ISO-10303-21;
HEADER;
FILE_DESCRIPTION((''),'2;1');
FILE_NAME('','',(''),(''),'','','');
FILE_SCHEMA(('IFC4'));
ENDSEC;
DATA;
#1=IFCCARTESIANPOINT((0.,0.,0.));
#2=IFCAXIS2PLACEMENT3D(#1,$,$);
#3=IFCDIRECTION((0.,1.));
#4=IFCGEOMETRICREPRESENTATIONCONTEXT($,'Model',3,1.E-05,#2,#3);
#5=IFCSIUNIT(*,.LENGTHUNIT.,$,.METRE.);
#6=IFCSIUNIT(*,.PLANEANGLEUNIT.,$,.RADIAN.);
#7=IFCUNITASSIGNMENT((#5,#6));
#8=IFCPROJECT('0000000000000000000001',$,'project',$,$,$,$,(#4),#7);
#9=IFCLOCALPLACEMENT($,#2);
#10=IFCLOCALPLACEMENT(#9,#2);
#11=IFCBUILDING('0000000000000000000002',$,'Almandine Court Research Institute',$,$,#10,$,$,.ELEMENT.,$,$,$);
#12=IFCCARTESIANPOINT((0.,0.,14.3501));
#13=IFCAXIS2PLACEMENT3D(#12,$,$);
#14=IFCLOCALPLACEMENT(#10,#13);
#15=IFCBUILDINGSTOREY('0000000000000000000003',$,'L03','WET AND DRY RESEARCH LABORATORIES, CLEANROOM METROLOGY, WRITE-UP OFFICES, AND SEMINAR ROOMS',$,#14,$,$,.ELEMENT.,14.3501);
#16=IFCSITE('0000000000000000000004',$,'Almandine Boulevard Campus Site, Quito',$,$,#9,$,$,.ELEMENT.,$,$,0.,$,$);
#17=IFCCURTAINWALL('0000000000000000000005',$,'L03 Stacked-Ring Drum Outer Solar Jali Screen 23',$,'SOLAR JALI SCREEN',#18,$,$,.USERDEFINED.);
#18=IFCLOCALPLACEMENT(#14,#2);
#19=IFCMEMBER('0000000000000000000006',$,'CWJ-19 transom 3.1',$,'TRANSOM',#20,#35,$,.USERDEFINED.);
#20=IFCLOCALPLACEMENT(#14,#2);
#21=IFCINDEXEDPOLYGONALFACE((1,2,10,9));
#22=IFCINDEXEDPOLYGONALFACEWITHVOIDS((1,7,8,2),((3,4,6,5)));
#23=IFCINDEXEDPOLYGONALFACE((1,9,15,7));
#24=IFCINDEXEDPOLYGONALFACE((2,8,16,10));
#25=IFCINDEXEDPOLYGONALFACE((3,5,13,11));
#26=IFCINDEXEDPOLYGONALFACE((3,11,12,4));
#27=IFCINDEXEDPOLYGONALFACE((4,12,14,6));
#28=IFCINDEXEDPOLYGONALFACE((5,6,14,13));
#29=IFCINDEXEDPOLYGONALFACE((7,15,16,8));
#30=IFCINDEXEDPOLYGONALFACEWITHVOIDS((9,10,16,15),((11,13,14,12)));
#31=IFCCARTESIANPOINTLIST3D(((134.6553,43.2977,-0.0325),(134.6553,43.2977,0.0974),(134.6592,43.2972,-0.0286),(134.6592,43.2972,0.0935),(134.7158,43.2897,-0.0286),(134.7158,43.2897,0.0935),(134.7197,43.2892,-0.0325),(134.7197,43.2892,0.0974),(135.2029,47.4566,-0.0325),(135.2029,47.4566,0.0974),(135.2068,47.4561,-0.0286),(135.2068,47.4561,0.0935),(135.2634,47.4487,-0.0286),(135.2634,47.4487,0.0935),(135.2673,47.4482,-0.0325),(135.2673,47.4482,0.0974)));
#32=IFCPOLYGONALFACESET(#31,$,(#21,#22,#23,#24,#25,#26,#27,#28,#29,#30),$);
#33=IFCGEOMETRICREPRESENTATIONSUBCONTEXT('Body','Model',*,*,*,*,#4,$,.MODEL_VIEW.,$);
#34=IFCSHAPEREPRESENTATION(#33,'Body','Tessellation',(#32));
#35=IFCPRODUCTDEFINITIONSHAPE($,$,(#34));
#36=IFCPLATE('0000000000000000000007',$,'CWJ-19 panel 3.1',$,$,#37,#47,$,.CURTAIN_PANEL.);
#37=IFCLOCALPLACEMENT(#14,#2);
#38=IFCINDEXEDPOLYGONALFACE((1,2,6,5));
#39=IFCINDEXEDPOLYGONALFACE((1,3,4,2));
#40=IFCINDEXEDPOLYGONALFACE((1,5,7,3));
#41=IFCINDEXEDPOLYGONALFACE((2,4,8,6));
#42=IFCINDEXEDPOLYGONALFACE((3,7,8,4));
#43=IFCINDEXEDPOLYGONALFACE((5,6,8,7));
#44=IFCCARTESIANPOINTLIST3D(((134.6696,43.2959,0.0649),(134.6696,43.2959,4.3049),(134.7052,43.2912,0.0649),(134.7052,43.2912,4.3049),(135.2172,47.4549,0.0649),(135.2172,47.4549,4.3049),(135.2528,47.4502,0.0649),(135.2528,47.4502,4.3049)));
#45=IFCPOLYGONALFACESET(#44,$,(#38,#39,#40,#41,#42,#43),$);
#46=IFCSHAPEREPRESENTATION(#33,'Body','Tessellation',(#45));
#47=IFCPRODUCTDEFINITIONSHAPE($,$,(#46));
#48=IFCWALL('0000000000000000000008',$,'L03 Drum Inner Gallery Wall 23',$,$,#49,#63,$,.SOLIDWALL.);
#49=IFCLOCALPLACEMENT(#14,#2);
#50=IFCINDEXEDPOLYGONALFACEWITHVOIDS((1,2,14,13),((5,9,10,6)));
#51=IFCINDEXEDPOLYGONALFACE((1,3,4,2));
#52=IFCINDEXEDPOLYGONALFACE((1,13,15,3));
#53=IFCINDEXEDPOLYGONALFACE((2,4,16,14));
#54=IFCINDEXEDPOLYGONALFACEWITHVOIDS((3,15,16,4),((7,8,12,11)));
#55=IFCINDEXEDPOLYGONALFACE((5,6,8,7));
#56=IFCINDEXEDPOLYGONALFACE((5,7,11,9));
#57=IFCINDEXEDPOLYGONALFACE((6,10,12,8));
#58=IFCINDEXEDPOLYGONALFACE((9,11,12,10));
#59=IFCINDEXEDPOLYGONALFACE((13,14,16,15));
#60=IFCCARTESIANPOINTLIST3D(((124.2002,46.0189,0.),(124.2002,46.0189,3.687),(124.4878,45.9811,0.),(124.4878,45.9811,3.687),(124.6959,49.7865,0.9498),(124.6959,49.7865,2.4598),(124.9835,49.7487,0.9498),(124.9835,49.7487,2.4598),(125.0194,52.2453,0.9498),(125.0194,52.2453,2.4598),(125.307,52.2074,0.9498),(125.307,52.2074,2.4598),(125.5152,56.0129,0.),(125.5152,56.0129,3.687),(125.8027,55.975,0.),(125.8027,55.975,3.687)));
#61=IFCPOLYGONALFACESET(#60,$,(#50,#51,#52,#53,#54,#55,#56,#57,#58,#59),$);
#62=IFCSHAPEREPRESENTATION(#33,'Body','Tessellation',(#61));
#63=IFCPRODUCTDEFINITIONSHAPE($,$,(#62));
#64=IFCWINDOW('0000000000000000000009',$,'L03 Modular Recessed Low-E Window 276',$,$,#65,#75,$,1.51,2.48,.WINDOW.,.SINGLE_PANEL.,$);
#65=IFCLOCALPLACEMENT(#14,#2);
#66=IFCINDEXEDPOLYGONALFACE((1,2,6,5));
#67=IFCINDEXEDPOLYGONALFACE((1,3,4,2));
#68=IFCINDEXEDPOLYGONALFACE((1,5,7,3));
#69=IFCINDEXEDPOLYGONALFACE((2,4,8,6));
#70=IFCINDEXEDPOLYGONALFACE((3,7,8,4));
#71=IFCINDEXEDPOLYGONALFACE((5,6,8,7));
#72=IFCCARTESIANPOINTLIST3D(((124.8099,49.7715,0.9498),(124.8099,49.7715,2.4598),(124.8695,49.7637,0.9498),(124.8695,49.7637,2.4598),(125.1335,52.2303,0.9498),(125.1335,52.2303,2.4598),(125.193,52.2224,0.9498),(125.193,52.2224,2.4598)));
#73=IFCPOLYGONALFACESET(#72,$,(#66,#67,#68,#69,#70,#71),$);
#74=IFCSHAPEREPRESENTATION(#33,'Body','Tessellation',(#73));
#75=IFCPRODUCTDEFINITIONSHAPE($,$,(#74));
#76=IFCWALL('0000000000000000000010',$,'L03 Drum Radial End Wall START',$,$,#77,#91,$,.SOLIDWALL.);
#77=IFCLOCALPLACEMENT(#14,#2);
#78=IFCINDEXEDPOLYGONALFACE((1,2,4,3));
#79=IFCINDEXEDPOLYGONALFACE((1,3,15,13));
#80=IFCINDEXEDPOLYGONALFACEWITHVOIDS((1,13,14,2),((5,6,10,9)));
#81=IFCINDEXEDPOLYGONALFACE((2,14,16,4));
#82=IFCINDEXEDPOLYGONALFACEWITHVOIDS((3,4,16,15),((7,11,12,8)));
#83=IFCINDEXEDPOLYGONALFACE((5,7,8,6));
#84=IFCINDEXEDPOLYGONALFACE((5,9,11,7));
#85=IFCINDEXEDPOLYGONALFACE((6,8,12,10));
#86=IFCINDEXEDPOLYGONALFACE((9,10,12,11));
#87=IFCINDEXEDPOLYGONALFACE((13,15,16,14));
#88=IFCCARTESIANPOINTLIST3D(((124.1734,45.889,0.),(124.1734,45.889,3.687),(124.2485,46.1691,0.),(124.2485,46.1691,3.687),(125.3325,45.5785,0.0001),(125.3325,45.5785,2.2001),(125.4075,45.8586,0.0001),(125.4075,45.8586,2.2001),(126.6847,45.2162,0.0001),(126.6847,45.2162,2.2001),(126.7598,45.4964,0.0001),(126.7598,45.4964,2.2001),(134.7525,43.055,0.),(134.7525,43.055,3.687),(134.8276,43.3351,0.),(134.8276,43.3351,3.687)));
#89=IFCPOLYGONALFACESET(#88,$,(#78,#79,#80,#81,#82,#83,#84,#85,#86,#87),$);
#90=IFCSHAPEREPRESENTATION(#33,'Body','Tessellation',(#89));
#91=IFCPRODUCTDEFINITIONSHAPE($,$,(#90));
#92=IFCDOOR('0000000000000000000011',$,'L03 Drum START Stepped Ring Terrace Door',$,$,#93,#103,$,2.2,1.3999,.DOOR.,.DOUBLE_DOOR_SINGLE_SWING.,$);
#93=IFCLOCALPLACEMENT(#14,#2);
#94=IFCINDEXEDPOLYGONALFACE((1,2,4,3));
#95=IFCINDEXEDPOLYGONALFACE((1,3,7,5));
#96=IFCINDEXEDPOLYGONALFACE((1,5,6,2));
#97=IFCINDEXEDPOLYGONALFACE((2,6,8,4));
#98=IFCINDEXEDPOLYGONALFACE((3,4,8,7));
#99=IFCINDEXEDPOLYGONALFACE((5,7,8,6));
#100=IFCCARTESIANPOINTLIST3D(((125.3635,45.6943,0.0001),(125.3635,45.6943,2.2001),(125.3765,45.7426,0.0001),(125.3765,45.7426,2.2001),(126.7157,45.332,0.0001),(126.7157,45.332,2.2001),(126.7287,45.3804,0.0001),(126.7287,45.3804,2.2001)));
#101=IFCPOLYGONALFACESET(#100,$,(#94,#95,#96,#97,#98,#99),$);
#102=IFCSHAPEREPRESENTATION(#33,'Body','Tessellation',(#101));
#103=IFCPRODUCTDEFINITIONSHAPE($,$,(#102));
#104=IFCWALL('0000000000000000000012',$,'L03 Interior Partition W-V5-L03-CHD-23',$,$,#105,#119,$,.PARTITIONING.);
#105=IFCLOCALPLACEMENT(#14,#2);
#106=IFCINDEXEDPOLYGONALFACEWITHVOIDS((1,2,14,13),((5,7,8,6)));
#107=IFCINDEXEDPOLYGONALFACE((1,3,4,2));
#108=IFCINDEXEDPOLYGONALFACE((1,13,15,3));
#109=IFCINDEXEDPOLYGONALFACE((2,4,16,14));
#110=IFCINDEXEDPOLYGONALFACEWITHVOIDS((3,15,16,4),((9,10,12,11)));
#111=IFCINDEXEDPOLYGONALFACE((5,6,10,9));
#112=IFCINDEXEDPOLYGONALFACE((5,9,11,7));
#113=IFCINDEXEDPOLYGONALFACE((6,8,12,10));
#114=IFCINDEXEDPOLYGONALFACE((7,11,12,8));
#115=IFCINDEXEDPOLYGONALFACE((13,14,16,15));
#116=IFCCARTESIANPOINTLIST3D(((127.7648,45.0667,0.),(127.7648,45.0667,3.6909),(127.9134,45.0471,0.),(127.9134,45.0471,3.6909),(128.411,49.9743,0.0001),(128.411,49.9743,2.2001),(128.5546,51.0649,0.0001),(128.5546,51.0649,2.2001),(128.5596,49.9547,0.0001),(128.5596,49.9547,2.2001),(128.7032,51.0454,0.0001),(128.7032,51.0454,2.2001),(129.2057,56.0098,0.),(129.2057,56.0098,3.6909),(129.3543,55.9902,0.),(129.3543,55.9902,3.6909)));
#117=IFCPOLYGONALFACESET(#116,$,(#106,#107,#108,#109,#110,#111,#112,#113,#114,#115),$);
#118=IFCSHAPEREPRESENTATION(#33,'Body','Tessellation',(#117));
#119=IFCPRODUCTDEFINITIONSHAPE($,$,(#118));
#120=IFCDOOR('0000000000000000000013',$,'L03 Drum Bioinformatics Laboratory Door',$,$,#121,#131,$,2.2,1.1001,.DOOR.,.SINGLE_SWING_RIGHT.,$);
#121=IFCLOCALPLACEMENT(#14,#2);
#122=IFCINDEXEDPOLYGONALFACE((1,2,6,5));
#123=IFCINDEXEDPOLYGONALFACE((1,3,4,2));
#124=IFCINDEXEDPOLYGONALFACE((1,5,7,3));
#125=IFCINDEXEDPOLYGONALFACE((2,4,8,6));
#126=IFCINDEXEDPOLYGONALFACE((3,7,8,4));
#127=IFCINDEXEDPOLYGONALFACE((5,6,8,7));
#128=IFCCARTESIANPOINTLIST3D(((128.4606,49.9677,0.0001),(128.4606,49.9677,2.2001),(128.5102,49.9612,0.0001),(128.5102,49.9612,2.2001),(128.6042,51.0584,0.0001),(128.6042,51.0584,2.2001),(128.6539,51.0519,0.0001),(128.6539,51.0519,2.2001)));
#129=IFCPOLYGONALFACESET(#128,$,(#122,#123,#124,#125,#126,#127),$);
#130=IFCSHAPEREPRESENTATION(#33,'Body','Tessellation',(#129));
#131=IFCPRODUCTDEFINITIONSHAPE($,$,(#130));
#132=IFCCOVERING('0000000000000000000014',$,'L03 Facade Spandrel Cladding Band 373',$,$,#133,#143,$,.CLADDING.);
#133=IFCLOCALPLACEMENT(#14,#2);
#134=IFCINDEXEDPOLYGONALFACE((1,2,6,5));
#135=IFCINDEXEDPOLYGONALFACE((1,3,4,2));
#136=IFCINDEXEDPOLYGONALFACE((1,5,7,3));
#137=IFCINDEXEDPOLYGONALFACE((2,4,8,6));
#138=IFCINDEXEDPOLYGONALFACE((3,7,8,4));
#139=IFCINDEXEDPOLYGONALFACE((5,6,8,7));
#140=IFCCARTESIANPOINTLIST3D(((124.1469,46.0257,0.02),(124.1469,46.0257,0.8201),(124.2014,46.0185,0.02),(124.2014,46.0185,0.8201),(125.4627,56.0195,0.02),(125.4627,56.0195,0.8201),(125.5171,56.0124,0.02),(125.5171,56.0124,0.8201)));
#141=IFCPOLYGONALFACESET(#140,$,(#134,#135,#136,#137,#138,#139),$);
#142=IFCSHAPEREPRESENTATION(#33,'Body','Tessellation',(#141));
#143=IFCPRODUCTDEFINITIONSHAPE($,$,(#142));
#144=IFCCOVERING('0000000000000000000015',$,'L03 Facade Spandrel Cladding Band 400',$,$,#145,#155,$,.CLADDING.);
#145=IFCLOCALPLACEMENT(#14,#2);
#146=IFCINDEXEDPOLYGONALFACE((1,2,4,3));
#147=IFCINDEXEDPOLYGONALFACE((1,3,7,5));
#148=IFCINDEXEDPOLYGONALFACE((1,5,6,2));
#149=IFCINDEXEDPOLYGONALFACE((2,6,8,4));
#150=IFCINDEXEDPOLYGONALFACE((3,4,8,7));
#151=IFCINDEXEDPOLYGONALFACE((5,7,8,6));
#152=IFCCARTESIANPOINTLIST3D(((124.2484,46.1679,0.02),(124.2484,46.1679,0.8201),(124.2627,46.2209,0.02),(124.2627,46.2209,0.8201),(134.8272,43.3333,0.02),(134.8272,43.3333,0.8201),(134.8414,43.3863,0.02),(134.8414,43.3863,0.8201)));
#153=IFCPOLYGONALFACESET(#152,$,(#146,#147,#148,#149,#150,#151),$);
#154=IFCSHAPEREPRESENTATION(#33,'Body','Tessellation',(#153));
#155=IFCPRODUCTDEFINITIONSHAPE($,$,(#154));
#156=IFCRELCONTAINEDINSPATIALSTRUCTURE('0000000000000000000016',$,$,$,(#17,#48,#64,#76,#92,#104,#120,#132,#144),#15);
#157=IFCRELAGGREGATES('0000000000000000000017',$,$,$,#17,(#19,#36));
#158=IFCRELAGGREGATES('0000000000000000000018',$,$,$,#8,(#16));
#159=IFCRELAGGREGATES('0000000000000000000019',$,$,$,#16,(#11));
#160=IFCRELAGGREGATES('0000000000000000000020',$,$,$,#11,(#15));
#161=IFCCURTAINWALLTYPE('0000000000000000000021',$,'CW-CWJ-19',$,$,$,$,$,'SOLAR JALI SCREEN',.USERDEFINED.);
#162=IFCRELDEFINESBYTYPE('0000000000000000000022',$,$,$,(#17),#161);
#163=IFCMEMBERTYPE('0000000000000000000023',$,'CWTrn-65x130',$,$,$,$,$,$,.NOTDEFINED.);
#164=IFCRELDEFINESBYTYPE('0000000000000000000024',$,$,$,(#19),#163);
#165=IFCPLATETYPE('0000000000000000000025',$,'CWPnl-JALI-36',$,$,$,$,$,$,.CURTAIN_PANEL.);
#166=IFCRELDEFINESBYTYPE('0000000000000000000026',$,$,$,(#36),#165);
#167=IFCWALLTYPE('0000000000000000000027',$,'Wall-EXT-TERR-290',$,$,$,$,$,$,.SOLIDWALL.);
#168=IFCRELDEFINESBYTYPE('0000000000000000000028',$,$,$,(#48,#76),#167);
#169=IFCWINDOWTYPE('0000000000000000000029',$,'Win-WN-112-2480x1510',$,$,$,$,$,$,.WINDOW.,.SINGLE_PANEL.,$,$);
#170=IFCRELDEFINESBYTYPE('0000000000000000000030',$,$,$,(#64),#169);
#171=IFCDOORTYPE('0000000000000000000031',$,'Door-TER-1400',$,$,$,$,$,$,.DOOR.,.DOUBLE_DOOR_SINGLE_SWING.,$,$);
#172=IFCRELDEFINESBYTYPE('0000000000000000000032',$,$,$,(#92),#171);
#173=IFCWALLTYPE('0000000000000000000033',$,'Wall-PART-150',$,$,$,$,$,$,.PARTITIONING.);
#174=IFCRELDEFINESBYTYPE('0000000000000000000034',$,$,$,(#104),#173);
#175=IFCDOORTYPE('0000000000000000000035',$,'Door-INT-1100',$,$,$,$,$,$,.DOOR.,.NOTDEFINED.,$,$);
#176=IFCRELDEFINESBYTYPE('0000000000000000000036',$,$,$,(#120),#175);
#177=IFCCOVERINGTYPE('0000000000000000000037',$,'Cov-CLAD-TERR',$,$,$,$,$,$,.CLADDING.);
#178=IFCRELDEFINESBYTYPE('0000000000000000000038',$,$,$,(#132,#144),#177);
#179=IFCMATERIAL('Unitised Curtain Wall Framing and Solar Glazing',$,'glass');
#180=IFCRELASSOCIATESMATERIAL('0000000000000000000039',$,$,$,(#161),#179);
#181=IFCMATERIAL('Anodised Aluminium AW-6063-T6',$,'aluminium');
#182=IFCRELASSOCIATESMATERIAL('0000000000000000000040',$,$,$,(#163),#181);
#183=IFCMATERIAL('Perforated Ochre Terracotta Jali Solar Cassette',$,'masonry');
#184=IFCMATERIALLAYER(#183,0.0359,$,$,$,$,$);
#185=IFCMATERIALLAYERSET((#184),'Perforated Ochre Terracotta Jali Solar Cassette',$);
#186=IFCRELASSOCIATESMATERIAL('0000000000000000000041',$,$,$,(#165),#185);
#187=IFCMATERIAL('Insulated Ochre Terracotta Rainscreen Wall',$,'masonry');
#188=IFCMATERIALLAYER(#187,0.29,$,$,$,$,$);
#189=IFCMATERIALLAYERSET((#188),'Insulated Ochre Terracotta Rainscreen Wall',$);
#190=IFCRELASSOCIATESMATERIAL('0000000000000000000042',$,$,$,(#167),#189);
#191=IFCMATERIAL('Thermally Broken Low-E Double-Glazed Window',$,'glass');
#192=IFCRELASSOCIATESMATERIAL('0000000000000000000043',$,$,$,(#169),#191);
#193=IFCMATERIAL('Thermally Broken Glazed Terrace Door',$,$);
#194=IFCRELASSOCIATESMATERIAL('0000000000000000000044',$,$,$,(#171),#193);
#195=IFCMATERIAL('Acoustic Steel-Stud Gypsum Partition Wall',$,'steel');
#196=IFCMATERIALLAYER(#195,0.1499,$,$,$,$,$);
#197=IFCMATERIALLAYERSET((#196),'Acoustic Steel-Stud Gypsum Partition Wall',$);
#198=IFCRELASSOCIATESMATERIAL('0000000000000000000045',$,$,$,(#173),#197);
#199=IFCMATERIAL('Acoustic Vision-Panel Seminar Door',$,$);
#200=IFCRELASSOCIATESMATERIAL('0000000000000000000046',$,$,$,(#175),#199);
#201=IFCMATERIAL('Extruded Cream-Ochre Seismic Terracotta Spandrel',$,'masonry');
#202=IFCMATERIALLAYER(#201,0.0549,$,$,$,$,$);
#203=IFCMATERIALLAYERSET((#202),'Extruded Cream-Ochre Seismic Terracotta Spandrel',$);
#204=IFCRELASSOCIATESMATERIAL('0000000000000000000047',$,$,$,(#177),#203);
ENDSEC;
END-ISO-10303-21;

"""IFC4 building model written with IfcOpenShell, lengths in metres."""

from ifc_helpers import new_model, si_unit, direction, frame, frame_2d, origin, origin_2d, place, context, subcontext, project, spatial, rectangle, hollow_rectangle, extrude, material, layer, layer_set, material_profile, profile_set, type_object, element, fill, aggregate, save


model = new_model("IFC4")

# Units and contexts
model_context = context("Model", 3, precision=1e-05, world=origin(), true_north=direction((0.0, 1.0)))
body_context = subcontext(model_context, "Body", "Model", "MODEL_VIEW")
ifc_project = project(units=[si_unit("LENGTHUNIT", "METRE"), si_unit("PLANEANGLEUNIT", "RADIAN")], contexts=[model_context])

# Site, building, storey
site_placement = place(None, origin())
site = spatial("IfcSite", under=ifc_project, at=site_placement, Name="Almandine Boulevard Campus Site, Quito", CompositionType="ELEMENT", RefElevation=0.0)
building_placement = place(site_placement, origin())
building = spatial("IfcBuilding", under=site, at=building_placement, Name="Almandine Court Research Institute", CompositionType="ELEMENT")
storey_placement = place(building_placement, frame((0.0, 0.0, 14.3501)))
storey = spatial("IfcBuildingStorey", under=building, at=storey_placement, Name="L03", Description="WET AND DRY RESEARCH LABORATORIES, CLEANROOM METROLOGY, WRITE-UP OFFICES, AND SEMINAR ROOMS", CompositionType="ELEMENT", Elevation=14.3501)

# Curtain wall, member, plate
ifc_material_1 = material(Name="Unitised Curtain Wall Framing and Solar Glazing", Category="glass")
curtain_wall_type = type_object("IfcCurtainWallType", Name="CW-CWJ-19", ElementType="SOLAR JALI SCREEN", PredefinedType="USERDEFINED", material=ifc_material_1)
curtain_wall_placement = place(storey_placement, origin())
curtain_wall = element("IfcCurtainWall", 1, at=curtain_wall_placement, inside=storey, type_object=curtain_wall_type, Name="L03 Stacked-Ring Drum Outer Solar Jali Screen 23", ObjectType="SOLAR JALI SCREEN", PredefinedType="USERDEFINED")
ifc_material_2 = material(Name="Anodised Aluminium AW-6063-T6", Category="aluminium")
ifc_material_profile_1 = material_profile(ifc_material_2, hollow_rectangle(XDim=0.0649, YDim=0.1299, WallThickness=0.0039, at=origin_2d()), Name="ALU RHS 65x130x4")
ifc_profile_set_1 = profile_set([ifc_material_profile_1], Name="Anodised Aluminium AW-6063-T6")
member_type_1 = type_object("IfcMemberType", Name="CWTrn-65x130", PredefinedType="NOTDEFINED", material=ifc_profile_set_1)
member_1_placement = place(storey_placement, frame((135.2351, 47.4524, 0.0325), z_axis=(-0.130543, -0.991443, 0.0), x_axis=(0.991443, -0.130543, 0.0)))
member_1 = element("IfcMember", 2, at=member_1_placement, type_object=member_type_1, Name="CWJ-19 transom 3.1", ObjectType="TRANSOM", PredefinedType="USERDEFINED", context=body_context, shape_type="SweptSolid", body=[
    extrude(hollow_rectangle(XDim=0.0649, YDim=0.1299, WallThickness=0.0039, at=origin_2d()), origin(), (0.0, 0.0, 1.0), 4.1948),
])
ifc_material_3 = material(Name="Perforated Ochre Terracotta Jali Solar Cassette", Category="masonry")
ifc_layer_1 = layer(ifc_material_3, 0.0359)
ifc_layer_set_1 = layer_set([ifc_layer_1], Name="Perforated Ochre Terracotta Jali Solar Cassette")
plate_type = type_object("IfcPlateType", Name="CWPnl-JALI-36", PredefinedType="CURTAIN_PANEL", material=ifc_layer_set_1)
plate_placement = place(storey_placement, frame((134.9612, 45.373, 0.0649), z_axis=(0.0, 0.0, 1.0), x_axis=(-0.130541, -0.991443, 0.0)))
plate = element("IfcPlate", 3, at=plate_placement, type_object=plate_type, Name="CWJ-19 panel 3.1", PredefinedType="CURTAIN_PANEL", context=body_context, shape_type="SweptSolid", body=[
    extrude(rectangle(XDim=4.1948, YDim=0.0359, at=origin_2d()), origin(), (0.0, 0.0, 1.0), 4.24),
])
aggregate(curtain_wall, [member_1, plate])

# Wall, opening, window
ifc_material_4 = material(Name="Insulated Ochre Terracotta Rainscreen Wall", Category="masonry")
ifc_layer_2 = layer(ifc_material_4, 0.29)
ifc_layer_set_2 = layer_set([ifc_layer_2], Name="Insulated Ochre Terracotta Rainscreen Wall")
wall_type_1 = type_object("IfcWallType", Name="Wall-EXT-TERR-290", PredefinedType="SOLIDWALL", material=ifc_layer_set_2)
wall_1_placement = place(storey_placement, frame((124.344, 46.0, 0.0), z_axis=(0.0, 0.0, 1.0), x_axis=(0.13045, 0.991455, 0.0)))
wall_1 = element("IfcWall", 4, at=wall_1_placement, inside=storey, type_object=wall_type_1, Name="L03 Drum Inner Gallery Wall 23", PredefinedType="SOLIDWALL", context=body_context, shape_type="SweptSolid", body=[
    extrude(rectangle(XDim=10.0801, YDim=0.29, at=frame_2d((5.04, 0.0))), origin(), (0.0, 0.0, 1.0), 3.687),
])
opening_1_placement = place(wall_1_placement, frame((3.8, 0.0, 0.95)))
opening_1 = element("IfcOpeningElement", 5, at=opening_1_placement, cuts=wall_1, PredefinedType="OPENING", context=body_context, shape_type="SweptSolid", body=[
    extrude(rectangle(XDim=2.48, YDim=1.51, at=frame_2d((1.24, 0.7549))), frame((0.0, 0.155, 0.0), z_axis=(0.0, -1.0, 0.0), x_axis=(1.0, 0.0, 0.0)), (0.0, 0.0, 1.0), 0.3101),
])
ifc_material_5 = material(Name="Thermally Broken Low-E Double-Glazed Window", Category="glass")
window_type = type_object("IfcWindowType", Name="Win-WN-112-2480x1510", PartitioningType="SINGLE_PANEL", PredefinedType="WINDOW", material=ifc_material_5)
window_placement = place(opening_1_placement, origin())
window = element("IfcWindow", 6, at=window_placement, inside=storey, type_object=window_type, Name="L03 Modular Recessed Low-E Window 276", OverallHeight=1.51, OverallWidth=2.48, PartitioningType="SINGLE_PANEL", PredefinedType="WINDOW", context=body_context, shape_type="SweptSolid", body=[
    extrude(rectangle(XDim=2.48, YDim=1.51, at=frame_2d((1.24, 0.7549))), frame((0.0, 0.03, 0.0), z_axis=(0.0, -1.0, 0.0), x_axis=(1.0, 0.0, 0.0)), (0.0, 0.0, 1.0), 0.0601),
])
fill(opening_1, window)

# Walls, openings, doors
wall_2_placement = place(storey_placement, frame((124.2109, 46.0291, 0.0), z_axis=(0.0, 0.0, 1.0), x_axis=(0.965941, -0.258761, 0.0)))
wall_2 = element("IfcWall", 7, at=wall_2_placement, inside=storey, type_object=wall_type_1, Name="L03 Drum Radial End Wall START", PredefinedType="SOLIDWALL", context=body_context, shape_type="SweptSolid", body=[
    extrude(rectangle(XDim=10.9521, YDim=0.29, at=frame_2d((5.4761, 0.0))), origin(), (0.0, 0.0, 1.0), 3.687),
])
opening_2_placement = place(wall_2_placement, frame((1.2, 0.0, 0.0)))
opening_2 = element("IfcOpeningElement", 8, at=opening_2_placement, cuts=wall_2, PredefinedType="OPENING", context=body_context, shape_type="SweptSolid", body=[
    extrude(rectangle(XDim=1.3999, YDim=2.2, at=frame_2d((0.7, 1.1001))), frame((0.0, 0.155, 0.0), z_axis=(0.0, -1.0, 0.0), x_axis=(1.0, 0.0, 0.0)), (0.0, 0.0, 1.0), 0.3101),
])
ifc_material_6 = material(Name="Thermally Broken Glazed Terrace Door")
door_type_1 = type_object("IfcDoorType", Name="Door-TER-1400", OperationType="DOUBLE_DOOR_SINGLE_SWING", PredefinedType="DOOR", material=ifc_material_6)
door_1_placement = place(opening_2_placement, origin())
door_1 = element("IfcDoor", 9, at=door_1_placement, inside=storey, type_object=door_type_1, Name="L03 Drum START Stepped Ring Terrace Door", OperationType="DOUBLE_DOOR_SINGLE_SWING", OverallHeight=2.2, OverallWidth=1.3999, PredefinedType="DOOR", context=body_context, shape_type="SweptSolid", body=[
    extrude(rectangle(XDim=1.3999, YDim=2.2, at=frame_2d((0.7, 1.1001))), frame((0.0, 0.0249, 0.0), z_axis=(0.0, -1.0, 0.0), x_axis=(1.0, 0.0, 0.0)), (0.0, 0.0, 1.0), 0.05),
])
fill(opening_2, door_1)
ifc_material_7 = material(Name="Acoustic Steel-Stud Gypsum Partition Wall", Category="steel")
ifc_layer_3 = layer(ifc_material_7, 0.1499)
ifc_layer_set_3 = layer_set([ifc_layer_3], Name="Acoustic Steel-Stud Gypsum Partition Wall")
wall_type_2 = type_object("IfcWallType", Name="Wall-PART-150", PredefinedType="PARTITIONING", material=ifc_layer_set_3)
wall_3_placement = place(storey_placement, frame((127.8391, 45.0569, 0.0), z_axis=(0.0, 0.0, 1.0), x_axis=(0.130547, 0.991442, 0.0)))
wall_3 = element("IfcWall", 10, at=wall_3_placement, inside=storey, type_object=wall_type_2, Name="L03 Interior Partition W-V5-L03-CHD-23", PredefinedType="PARTITIONING", context=body_context, shape_type="SweptSolid", body=[
    extrude(rectangle(XDim=11.0376, YDim=0.1499, at=frame_2d((5.5188, 0.0))), origin(), (0.0, 0.0, 1.0), 3.6909),
])
opening_3_placement = place(wall_3_placement, frame((4.95, 0.0, 0.0)))
opening_3 = element("IfcOpeningElement", 11, at=opening_3_placement, cuts=wall_3, PredefinedType="OPENING", context=body_context, shape_type="SweptSolid", body=[
    extrude(rectangle(XDim=1.1001, YDim=2.2, at=frame_2d((0.55, 1.1001))), frame((0.0, 0.085, 0.0), z_axis=(0.0, -1.0, 0.0), x_axis=(1.0, 0.0, 0.0)), (0.0, 0.0, 1.0), 0.1699),
])
ifc_material_8 = material(Name="Acoustic Vision-Panel Seminar Door")
door_type_2 = type_object("IfcDoorType", Name="Door-INT-1100", OperationType="NOTDEFINED", PredefinedType="DOOR", material=ifc_material_8)
door_2_placement = place(opening_3_placement, origin())
door_2 = element("IfcDoor", 12, at=door_2_placement, inside=storey, type_object=door_type_2, Name="L03 Drum Bioinformatics Laboratory Door", OperationType="SINGLE_SWING_RIGHT", OverallHeight=2.2, OverallWidth=1.1001, PredefinedType="DOOR", context=body_context, shape_type="SweptSolid", body=[
    extrude(rectangle(XDim=1.1001, YDim=2.2, at=frame_2d((0.55, 1.1001))), frame((0.0, 0.0249, 0.0), z_axis=(0.0, -1.0, 0.0), x_axis=(1.0, 0.0, 0.0)), (0.0, 0.0, 1.0), 0.05),
])
fill(opening_3, door_2)

# Coverings
ifc_material_9 = material(Name="Extruded Cream-Ochre Seismic Terracotta Spandrel", Category="masonry")
ifc_layer_4 = layer(ifc_material_9, 0.0549)
ifc_layer_set_4 = layer_set([ifc_layer_4], Name="Extruded Cream-Ochre Seismic Terracotta Spandrel")
covering_type = type_object("IfcCoveringType", Name="Cov-CLAD-TERR", PredefinedType="CLADDING", material=ifc_layer_set_4)
covering_1_placement = place(storey_placement, frame((124.832, 51.019, 0.02), z_axis=(0.0, 0.0, 1.0), x_axis=(0.130526, 0.991445, 0.0)))
element("IfcCovering", 13, at=covering_1_placement, inside=storey, type_object=covering_type, Name="L03 Facade Spandrel Cladding Band 373", PredefinedType="CLADDING", context=body_context, shape_type="SweptSolid", body=[
    extrude(rectangle(XDim=10.0801, YDim=0.0549, at=origin_2d()), origin(), (0.0, 0.0, 1.0), 0.8),
])
covering_2_placement = place(storey_placement, frame((129.5449, 44.7771, 0.02), z_axis=(0.0, 0.0, 1.0), x_axis=(0.965926, -0.258819, 0.0)))
element("IfcCovering", 14, at=covering_2_placement, inside=storey, type_object=covering_type, Name="L03 Facade Spandrel Cladding Band 400", PredefinedType="CLADDING", context=body_context, shape_type="SweptSolid", body=[
    extrude(rectangle(XDim=10.9519, YDim=0.0549, at=origin_2d()), origin(), (0.0, 0.0, 1.0), 0.8),
])

save(model, "model.ifc")
